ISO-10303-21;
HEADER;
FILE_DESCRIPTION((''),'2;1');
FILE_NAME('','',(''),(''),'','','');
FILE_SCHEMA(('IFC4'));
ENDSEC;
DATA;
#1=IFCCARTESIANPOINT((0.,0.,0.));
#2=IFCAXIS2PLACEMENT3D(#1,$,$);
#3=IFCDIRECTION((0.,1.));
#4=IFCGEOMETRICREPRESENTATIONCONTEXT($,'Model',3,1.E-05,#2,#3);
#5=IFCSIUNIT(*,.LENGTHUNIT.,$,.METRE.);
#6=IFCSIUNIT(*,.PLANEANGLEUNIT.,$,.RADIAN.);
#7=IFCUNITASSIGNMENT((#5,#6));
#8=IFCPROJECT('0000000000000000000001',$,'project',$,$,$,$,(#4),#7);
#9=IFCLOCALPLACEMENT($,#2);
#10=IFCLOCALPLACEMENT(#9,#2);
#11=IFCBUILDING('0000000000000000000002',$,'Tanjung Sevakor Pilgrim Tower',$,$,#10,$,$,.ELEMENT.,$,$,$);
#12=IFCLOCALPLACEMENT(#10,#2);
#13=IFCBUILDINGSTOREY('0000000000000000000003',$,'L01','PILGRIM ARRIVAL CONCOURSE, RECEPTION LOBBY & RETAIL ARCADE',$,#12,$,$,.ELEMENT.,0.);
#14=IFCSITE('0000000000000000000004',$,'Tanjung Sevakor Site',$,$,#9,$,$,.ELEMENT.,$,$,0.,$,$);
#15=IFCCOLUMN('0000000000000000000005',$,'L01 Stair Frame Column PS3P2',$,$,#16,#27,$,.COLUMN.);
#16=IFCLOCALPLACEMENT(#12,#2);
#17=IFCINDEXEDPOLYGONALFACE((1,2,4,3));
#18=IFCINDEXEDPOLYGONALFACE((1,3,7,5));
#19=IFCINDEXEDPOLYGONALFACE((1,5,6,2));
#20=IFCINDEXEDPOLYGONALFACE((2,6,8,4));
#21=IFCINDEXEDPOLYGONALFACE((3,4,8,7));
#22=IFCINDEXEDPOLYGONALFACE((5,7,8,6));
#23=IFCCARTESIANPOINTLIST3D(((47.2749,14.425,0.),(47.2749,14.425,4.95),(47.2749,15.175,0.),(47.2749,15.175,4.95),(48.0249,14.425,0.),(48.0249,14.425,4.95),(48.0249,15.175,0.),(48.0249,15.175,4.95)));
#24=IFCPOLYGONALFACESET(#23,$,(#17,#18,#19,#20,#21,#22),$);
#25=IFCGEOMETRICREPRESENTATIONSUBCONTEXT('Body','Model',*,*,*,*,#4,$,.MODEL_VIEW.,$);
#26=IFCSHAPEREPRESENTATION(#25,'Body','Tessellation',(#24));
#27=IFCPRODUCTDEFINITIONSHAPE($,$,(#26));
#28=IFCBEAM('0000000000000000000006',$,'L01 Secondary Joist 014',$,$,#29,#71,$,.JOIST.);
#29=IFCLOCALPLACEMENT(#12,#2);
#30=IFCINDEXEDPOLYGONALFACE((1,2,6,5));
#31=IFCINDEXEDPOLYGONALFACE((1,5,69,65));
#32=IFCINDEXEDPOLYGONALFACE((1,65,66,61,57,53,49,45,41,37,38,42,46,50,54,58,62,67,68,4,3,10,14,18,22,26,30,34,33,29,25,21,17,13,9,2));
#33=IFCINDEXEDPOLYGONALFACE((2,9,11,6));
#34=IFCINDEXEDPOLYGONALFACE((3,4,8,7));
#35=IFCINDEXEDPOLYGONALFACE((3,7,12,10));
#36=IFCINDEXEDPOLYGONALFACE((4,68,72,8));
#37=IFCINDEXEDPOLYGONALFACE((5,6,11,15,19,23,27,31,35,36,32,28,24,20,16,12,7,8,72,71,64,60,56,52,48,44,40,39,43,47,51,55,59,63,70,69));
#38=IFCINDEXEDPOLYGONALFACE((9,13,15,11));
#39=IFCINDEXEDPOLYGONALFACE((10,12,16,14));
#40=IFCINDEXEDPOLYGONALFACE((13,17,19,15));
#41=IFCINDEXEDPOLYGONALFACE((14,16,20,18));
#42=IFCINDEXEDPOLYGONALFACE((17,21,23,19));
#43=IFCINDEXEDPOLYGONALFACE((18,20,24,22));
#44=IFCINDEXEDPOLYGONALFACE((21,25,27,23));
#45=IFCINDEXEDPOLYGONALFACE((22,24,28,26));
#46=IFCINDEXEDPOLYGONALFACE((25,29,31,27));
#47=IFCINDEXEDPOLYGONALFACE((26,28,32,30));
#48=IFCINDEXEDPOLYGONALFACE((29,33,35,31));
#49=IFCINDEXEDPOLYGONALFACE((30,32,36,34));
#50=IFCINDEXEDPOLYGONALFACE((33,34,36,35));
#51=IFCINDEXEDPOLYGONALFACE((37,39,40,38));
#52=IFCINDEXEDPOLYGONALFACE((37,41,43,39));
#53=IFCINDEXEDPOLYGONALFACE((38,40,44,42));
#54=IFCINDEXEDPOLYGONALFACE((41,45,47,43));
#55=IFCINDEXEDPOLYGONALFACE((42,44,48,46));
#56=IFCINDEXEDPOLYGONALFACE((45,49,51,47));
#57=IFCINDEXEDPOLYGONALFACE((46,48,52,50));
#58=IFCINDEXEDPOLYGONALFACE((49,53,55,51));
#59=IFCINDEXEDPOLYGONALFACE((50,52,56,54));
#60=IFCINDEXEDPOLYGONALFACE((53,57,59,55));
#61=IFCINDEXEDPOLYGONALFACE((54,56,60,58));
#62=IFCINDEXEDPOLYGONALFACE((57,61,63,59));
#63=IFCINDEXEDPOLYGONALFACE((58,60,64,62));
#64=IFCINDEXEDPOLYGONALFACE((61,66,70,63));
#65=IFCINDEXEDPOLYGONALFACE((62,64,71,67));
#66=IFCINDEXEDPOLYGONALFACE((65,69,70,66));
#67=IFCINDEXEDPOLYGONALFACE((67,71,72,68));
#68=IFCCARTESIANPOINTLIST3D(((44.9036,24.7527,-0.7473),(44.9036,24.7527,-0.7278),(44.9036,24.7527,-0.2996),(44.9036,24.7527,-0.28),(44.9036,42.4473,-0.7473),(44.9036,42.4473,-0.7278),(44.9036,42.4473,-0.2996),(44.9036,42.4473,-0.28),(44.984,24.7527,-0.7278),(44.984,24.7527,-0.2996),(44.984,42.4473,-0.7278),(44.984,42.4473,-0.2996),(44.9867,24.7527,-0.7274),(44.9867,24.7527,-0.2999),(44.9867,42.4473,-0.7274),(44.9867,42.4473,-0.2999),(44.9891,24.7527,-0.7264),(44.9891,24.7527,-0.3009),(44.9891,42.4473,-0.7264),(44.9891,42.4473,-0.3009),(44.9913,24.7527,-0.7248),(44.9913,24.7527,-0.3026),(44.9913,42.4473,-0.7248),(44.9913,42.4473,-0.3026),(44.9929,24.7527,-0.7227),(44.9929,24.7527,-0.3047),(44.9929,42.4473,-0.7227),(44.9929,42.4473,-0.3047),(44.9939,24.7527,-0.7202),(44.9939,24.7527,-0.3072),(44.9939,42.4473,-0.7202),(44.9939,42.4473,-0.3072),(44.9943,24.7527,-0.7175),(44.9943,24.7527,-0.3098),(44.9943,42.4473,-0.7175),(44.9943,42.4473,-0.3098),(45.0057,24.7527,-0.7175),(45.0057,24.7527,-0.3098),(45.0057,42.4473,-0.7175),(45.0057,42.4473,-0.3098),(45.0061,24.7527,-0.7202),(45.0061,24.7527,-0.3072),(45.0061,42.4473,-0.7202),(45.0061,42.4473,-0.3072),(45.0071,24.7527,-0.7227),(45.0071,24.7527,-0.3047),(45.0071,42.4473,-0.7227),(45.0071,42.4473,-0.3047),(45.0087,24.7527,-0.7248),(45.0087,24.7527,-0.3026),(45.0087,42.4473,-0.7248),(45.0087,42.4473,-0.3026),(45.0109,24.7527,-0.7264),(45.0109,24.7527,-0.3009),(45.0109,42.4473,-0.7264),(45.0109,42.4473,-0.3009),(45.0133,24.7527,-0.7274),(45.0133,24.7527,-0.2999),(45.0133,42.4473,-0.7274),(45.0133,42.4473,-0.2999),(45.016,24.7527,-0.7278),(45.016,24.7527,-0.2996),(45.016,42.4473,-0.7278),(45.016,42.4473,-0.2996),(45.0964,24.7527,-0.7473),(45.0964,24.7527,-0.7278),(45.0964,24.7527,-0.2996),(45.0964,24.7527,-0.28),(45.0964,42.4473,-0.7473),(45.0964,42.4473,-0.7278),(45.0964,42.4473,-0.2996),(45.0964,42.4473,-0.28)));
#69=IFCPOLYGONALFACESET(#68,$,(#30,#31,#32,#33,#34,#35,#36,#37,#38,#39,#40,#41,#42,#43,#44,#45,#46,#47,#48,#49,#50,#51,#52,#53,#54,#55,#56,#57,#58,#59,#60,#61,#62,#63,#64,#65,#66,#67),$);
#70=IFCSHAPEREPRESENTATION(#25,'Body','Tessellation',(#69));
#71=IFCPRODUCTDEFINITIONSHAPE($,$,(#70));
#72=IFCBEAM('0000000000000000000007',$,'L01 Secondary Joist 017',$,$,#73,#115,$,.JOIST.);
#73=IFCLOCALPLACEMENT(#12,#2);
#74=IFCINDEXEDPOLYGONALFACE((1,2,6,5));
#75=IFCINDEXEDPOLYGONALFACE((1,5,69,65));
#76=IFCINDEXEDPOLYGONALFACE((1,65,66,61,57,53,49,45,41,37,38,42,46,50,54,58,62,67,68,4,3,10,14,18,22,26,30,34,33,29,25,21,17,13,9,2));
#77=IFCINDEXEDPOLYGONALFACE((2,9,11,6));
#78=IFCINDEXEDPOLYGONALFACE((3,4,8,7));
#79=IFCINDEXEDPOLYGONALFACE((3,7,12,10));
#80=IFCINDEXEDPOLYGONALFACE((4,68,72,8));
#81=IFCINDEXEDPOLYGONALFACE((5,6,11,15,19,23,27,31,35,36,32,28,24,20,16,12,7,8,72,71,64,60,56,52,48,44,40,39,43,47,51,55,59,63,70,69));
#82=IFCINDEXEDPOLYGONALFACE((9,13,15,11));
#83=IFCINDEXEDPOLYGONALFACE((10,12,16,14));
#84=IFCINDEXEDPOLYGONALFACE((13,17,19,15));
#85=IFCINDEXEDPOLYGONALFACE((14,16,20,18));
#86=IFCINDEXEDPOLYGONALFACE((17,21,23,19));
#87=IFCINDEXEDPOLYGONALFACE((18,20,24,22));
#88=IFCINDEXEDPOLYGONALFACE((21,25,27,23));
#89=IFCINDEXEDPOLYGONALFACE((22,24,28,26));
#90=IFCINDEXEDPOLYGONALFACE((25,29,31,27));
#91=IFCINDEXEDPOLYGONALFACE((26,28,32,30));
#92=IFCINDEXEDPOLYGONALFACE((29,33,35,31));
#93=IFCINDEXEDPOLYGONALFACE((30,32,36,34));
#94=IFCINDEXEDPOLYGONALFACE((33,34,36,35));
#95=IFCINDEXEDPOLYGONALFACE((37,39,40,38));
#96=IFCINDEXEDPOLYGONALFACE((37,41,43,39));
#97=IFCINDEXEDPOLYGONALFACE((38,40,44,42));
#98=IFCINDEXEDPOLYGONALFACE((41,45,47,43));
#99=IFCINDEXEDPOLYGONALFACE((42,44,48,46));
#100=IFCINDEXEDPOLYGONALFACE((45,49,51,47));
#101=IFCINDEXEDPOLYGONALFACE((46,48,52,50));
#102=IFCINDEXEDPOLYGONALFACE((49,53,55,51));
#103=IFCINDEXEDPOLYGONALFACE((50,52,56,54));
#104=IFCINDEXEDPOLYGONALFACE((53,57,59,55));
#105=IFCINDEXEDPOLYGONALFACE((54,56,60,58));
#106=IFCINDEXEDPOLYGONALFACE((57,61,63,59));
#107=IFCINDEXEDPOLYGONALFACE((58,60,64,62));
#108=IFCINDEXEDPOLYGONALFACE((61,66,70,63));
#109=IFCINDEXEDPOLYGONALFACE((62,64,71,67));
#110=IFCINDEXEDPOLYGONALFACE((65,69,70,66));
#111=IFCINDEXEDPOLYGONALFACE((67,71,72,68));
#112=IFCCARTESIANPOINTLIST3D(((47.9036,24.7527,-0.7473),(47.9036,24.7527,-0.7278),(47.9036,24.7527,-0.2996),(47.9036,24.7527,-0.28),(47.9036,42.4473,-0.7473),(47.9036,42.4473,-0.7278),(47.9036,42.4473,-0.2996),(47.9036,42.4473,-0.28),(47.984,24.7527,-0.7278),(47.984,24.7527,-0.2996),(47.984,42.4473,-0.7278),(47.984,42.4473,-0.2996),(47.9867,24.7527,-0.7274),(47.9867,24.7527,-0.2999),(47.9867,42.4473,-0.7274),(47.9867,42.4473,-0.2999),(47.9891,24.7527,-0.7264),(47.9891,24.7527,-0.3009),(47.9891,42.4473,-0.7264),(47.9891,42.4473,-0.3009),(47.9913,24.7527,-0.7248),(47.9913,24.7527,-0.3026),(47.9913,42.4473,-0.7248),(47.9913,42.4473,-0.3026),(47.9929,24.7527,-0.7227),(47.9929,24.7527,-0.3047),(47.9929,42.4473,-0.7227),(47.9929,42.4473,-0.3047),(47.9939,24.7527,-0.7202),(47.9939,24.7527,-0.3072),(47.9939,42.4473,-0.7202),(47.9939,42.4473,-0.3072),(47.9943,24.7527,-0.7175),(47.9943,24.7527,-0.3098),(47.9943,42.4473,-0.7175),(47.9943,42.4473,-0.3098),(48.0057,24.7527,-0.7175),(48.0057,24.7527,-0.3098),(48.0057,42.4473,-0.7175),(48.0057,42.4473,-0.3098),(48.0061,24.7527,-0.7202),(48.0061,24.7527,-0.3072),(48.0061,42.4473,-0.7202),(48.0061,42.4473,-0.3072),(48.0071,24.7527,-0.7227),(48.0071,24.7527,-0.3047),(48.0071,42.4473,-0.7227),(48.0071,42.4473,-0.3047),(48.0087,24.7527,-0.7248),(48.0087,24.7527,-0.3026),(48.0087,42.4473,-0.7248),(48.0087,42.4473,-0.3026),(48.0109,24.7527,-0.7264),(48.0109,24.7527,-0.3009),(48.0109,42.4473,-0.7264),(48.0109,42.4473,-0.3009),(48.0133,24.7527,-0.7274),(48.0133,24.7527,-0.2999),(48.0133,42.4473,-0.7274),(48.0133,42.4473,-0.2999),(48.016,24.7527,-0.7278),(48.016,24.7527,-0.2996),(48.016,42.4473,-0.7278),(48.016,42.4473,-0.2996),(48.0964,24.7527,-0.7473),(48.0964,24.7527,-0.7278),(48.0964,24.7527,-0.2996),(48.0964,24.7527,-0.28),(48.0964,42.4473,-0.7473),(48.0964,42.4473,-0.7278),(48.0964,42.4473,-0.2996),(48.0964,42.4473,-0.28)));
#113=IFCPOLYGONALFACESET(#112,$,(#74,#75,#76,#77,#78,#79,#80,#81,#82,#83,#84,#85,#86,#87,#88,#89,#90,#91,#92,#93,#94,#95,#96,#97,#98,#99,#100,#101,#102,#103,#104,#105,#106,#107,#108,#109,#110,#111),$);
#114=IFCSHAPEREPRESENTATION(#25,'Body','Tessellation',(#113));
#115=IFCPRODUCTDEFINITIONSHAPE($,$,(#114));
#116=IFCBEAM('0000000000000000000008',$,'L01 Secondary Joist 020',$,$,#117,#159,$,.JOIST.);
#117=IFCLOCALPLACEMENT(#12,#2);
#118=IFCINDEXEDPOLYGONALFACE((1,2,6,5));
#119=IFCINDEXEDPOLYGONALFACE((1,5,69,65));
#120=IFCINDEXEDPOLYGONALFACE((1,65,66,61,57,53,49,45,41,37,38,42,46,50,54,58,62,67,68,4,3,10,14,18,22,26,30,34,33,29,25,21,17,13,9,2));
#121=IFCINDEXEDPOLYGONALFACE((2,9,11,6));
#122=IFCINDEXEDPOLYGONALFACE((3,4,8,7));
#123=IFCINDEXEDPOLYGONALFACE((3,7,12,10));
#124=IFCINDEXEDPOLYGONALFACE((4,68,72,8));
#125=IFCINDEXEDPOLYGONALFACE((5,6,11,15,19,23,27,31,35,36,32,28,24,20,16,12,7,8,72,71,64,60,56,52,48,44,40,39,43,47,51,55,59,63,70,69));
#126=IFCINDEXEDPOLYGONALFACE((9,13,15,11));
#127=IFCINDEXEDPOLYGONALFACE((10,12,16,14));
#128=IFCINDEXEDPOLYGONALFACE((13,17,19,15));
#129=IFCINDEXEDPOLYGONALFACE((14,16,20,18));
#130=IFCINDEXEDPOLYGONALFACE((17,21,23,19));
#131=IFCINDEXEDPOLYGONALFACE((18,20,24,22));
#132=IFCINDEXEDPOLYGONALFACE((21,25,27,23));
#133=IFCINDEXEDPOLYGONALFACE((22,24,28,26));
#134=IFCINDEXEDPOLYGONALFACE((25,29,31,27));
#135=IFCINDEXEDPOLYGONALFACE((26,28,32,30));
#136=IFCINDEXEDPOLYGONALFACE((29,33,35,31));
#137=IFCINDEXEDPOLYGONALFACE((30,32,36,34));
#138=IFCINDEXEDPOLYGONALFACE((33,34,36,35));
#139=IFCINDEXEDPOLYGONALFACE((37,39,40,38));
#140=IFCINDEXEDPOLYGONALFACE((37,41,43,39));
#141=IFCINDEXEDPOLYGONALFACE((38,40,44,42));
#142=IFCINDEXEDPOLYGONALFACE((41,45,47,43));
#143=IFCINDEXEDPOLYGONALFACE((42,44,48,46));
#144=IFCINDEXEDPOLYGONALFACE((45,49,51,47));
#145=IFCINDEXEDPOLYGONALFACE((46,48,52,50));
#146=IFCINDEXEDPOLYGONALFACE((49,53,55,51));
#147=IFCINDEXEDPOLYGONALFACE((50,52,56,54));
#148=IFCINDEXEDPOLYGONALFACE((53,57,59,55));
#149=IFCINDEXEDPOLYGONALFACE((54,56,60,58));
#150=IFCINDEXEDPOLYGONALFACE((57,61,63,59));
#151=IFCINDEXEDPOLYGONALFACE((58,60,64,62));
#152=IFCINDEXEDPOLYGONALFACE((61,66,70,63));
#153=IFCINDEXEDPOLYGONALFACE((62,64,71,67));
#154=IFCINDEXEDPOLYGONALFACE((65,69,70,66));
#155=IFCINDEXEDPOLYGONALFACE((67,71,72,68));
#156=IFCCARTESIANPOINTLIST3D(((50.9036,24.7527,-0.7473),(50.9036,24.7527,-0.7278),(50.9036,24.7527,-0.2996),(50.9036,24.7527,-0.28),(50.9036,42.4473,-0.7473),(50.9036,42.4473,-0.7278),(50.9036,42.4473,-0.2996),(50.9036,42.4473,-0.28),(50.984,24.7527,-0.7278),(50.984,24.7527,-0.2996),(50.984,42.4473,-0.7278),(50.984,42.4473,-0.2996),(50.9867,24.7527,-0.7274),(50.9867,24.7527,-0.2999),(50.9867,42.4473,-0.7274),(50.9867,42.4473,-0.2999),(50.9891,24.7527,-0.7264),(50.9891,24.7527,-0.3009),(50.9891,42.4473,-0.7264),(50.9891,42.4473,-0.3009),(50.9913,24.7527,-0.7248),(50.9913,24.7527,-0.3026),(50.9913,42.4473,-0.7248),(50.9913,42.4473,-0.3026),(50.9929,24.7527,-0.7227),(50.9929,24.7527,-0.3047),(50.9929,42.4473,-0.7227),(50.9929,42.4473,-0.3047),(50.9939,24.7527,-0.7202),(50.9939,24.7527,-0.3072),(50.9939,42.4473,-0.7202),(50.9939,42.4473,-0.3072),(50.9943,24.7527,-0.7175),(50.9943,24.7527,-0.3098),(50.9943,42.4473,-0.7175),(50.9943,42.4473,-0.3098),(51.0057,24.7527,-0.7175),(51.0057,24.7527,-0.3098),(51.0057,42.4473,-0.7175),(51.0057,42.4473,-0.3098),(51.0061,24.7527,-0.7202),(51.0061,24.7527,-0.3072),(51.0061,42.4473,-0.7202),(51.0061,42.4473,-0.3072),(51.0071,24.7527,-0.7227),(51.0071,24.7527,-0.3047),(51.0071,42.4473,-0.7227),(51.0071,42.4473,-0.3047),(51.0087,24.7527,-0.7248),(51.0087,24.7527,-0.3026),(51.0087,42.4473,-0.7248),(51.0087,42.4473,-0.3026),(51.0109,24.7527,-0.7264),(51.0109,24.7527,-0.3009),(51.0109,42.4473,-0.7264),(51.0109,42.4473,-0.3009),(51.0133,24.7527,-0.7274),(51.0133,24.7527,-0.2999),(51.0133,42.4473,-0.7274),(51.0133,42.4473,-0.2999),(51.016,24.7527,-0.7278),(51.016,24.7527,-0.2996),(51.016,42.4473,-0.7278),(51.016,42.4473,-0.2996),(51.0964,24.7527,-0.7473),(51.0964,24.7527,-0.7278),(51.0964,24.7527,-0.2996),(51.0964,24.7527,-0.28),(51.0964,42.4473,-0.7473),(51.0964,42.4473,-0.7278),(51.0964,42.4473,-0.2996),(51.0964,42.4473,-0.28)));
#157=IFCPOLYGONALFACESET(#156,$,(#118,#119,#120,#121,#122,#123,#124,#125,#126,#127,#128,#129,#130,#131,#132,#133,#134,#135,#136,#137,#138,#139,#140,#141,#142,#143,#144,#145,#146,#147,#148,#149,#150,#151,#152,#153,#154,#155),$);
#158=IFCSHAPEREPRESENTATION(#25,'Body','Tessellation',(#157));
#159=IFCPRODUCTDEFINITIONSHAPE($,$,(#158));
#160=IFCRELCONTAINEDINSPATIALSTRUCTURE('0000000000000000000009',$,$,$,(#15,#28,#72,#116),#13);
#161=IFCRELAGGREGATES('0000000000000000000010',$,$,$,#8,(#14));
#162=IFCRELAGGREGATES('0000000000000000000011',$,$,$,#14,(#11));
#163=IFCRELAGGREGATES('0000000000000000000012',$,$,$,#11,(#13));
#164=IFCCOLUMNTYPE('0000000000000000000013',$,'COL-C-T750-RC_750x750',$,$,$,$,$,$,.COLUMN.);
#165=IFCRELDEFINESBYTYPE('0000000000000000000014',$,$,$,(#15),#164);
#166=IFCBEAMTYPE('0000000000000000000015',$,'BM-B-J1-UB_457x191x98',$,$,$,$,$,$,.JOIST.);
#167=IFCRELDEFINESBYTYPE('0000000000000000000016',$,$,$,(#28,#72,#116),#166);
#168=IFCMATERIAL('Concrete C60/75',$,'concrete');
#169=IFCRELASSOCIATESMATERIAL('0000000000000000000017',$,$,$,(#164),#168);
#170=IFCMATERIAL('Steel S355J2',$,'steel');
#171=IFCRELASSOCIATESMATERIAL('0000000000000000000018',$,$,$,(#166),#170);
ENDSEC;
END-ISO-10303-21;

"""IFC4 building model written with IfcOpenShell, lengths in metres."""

from ifc_helpers import new_model, si_unit, direction, frame, origin, origin_2d, place, context, subcontext, project, spatial, rectangle, i_section, extrude, material, material_profile, profile_set, type_object, element, save


model = new_model("IFC4")

# Units and contexts
model_context = context("Model", 3, precision=1e-05, world=origin(), true_north=direction((0.0, 1.0)))
body_context = subcontext(model_context, "Body", "Model", "MODEL_VIEW")
ifc_project = project(units=[si_unit("LENGTHUNIT", "METRE"), si_unit("PLANEANGLEUNIT", "RADIAN")], contexts=[model_context])

# Site, building, storey
site_placement = place(None, origin())
site = spatial("IfcSite", under=ifc_project, at=site_placement, Name="Tanjung Sevakor Site", CompositionType="ELEMENT", RefElevation=0.0)
building_placement = place(site_placement, origin())
building = spatial("IfcBuilding", under=site, at=building_placement, Name="Tanjung Sevakor Pilgrim Tower", CompositionType="ELEMENT")
storey_placement = place(building_placement, origin())
storey = spatial("IfcBuildingStorey", under=building, at=storey_placement, Name="L01", Description="PILGRIM ARRIVAL CONCOURSE, RECEPTION LOBBY & RETAIL ARCADE", CompositionType="ELEMENT", Elevation=0.0)

# Column
ifc_material_1 = material(Name="Concrete C60/75", Category="concrete")
ifc_material_profile_1 = material_profile(ifc_material_1, rectangle(XDim=0.75, YDim=0.75, at=origin_2d()))
ifc_profile_set_1 = profile_set([ifc_material_profile_1], Name="Concrete C60/75")
column_type = type_object("IfcColumnType", Name="COL-C-T750-RC_750x750", PredefinedType="COLUMN", material=ifc_profile_set_1)
column_placement = place(storey_placement, frame((47.6499, 14.8, 0.0), z_axis=(0.0, 0.0, 1.0), x_axis=(1.0, 0.0, 0.0)))
element("IfcColumn", 1, at=column_placement, inside=storey, type_object=column_type, Name="L01 Stair Frame Column PS3P2", PredefinedType="COLUMN", context=body_context, shape_type="SweptSolid", body=[
    extrude(rectangle(XDim=0.75, YDim=0.75, at=origin_2d()), origin(), (0.0, 0.0, 1.0), 4.95),
])

# Beams
ifc_material_2 = material(Name="Steel S355J2", Category="steel")
ifc_material_profile_2 = material_profile(ifc_material_2, i_section(OverallWidth=0.1929, OverallDepth=0.4673, WebThickness=0.0115, FlangeThickness=0.0195, FilletRadius=0.0103, at=origin_2d()))
ifc_profile_set_2 = profile_set([ifc_material_profile_2], Name="Steel S355J2")
beam_type_1 = type_object("IfcBeamType", Name="BM-B-J1-UB_457x191x98", PredefinedType="JOIST", material=ifc_profile_set_2)
for number, where, z_axis, x_axis, name in (
    (2, (45.0, 24.7527, -0.5137), (0.0, 1.0, 0.0), (-1.0, 0.0, 0.0), "L01 Secondary Joist 014"),
    (3, (48.0, 24.7527, -0.5137), (0.0, 1.0, 0.0), (-1.0, 0.0, 0.0), "L01 Secondary Joist 017"),
    (4, (51.0, 24.7527, -0.5137), (0.0, 1.0, 0.0), (-1.0, 0.0, 0.0), "L01 Secondary Joist 020"),
):
    element("IfcBeam", number, at=place(storey_placement, frame(where, z_axis=z_axis, x_axis=x_axis)), inside=storey, type_object=beam_type_1, Name=name, PredefinedType="JOIST", context=body_context, shape_type="SweptSolid", body=[
        extrude(i_section(OverallWidth=0.1929, OverallDepth=0.4673, WebThickness=0.0115, FlangeThickness=0.0195, FilletRadius=0.0103, at=origin_2d()), origin(), (0.0, 0.0, 1.0), 17.6946),
    ])

save(model, "model.ifc")
